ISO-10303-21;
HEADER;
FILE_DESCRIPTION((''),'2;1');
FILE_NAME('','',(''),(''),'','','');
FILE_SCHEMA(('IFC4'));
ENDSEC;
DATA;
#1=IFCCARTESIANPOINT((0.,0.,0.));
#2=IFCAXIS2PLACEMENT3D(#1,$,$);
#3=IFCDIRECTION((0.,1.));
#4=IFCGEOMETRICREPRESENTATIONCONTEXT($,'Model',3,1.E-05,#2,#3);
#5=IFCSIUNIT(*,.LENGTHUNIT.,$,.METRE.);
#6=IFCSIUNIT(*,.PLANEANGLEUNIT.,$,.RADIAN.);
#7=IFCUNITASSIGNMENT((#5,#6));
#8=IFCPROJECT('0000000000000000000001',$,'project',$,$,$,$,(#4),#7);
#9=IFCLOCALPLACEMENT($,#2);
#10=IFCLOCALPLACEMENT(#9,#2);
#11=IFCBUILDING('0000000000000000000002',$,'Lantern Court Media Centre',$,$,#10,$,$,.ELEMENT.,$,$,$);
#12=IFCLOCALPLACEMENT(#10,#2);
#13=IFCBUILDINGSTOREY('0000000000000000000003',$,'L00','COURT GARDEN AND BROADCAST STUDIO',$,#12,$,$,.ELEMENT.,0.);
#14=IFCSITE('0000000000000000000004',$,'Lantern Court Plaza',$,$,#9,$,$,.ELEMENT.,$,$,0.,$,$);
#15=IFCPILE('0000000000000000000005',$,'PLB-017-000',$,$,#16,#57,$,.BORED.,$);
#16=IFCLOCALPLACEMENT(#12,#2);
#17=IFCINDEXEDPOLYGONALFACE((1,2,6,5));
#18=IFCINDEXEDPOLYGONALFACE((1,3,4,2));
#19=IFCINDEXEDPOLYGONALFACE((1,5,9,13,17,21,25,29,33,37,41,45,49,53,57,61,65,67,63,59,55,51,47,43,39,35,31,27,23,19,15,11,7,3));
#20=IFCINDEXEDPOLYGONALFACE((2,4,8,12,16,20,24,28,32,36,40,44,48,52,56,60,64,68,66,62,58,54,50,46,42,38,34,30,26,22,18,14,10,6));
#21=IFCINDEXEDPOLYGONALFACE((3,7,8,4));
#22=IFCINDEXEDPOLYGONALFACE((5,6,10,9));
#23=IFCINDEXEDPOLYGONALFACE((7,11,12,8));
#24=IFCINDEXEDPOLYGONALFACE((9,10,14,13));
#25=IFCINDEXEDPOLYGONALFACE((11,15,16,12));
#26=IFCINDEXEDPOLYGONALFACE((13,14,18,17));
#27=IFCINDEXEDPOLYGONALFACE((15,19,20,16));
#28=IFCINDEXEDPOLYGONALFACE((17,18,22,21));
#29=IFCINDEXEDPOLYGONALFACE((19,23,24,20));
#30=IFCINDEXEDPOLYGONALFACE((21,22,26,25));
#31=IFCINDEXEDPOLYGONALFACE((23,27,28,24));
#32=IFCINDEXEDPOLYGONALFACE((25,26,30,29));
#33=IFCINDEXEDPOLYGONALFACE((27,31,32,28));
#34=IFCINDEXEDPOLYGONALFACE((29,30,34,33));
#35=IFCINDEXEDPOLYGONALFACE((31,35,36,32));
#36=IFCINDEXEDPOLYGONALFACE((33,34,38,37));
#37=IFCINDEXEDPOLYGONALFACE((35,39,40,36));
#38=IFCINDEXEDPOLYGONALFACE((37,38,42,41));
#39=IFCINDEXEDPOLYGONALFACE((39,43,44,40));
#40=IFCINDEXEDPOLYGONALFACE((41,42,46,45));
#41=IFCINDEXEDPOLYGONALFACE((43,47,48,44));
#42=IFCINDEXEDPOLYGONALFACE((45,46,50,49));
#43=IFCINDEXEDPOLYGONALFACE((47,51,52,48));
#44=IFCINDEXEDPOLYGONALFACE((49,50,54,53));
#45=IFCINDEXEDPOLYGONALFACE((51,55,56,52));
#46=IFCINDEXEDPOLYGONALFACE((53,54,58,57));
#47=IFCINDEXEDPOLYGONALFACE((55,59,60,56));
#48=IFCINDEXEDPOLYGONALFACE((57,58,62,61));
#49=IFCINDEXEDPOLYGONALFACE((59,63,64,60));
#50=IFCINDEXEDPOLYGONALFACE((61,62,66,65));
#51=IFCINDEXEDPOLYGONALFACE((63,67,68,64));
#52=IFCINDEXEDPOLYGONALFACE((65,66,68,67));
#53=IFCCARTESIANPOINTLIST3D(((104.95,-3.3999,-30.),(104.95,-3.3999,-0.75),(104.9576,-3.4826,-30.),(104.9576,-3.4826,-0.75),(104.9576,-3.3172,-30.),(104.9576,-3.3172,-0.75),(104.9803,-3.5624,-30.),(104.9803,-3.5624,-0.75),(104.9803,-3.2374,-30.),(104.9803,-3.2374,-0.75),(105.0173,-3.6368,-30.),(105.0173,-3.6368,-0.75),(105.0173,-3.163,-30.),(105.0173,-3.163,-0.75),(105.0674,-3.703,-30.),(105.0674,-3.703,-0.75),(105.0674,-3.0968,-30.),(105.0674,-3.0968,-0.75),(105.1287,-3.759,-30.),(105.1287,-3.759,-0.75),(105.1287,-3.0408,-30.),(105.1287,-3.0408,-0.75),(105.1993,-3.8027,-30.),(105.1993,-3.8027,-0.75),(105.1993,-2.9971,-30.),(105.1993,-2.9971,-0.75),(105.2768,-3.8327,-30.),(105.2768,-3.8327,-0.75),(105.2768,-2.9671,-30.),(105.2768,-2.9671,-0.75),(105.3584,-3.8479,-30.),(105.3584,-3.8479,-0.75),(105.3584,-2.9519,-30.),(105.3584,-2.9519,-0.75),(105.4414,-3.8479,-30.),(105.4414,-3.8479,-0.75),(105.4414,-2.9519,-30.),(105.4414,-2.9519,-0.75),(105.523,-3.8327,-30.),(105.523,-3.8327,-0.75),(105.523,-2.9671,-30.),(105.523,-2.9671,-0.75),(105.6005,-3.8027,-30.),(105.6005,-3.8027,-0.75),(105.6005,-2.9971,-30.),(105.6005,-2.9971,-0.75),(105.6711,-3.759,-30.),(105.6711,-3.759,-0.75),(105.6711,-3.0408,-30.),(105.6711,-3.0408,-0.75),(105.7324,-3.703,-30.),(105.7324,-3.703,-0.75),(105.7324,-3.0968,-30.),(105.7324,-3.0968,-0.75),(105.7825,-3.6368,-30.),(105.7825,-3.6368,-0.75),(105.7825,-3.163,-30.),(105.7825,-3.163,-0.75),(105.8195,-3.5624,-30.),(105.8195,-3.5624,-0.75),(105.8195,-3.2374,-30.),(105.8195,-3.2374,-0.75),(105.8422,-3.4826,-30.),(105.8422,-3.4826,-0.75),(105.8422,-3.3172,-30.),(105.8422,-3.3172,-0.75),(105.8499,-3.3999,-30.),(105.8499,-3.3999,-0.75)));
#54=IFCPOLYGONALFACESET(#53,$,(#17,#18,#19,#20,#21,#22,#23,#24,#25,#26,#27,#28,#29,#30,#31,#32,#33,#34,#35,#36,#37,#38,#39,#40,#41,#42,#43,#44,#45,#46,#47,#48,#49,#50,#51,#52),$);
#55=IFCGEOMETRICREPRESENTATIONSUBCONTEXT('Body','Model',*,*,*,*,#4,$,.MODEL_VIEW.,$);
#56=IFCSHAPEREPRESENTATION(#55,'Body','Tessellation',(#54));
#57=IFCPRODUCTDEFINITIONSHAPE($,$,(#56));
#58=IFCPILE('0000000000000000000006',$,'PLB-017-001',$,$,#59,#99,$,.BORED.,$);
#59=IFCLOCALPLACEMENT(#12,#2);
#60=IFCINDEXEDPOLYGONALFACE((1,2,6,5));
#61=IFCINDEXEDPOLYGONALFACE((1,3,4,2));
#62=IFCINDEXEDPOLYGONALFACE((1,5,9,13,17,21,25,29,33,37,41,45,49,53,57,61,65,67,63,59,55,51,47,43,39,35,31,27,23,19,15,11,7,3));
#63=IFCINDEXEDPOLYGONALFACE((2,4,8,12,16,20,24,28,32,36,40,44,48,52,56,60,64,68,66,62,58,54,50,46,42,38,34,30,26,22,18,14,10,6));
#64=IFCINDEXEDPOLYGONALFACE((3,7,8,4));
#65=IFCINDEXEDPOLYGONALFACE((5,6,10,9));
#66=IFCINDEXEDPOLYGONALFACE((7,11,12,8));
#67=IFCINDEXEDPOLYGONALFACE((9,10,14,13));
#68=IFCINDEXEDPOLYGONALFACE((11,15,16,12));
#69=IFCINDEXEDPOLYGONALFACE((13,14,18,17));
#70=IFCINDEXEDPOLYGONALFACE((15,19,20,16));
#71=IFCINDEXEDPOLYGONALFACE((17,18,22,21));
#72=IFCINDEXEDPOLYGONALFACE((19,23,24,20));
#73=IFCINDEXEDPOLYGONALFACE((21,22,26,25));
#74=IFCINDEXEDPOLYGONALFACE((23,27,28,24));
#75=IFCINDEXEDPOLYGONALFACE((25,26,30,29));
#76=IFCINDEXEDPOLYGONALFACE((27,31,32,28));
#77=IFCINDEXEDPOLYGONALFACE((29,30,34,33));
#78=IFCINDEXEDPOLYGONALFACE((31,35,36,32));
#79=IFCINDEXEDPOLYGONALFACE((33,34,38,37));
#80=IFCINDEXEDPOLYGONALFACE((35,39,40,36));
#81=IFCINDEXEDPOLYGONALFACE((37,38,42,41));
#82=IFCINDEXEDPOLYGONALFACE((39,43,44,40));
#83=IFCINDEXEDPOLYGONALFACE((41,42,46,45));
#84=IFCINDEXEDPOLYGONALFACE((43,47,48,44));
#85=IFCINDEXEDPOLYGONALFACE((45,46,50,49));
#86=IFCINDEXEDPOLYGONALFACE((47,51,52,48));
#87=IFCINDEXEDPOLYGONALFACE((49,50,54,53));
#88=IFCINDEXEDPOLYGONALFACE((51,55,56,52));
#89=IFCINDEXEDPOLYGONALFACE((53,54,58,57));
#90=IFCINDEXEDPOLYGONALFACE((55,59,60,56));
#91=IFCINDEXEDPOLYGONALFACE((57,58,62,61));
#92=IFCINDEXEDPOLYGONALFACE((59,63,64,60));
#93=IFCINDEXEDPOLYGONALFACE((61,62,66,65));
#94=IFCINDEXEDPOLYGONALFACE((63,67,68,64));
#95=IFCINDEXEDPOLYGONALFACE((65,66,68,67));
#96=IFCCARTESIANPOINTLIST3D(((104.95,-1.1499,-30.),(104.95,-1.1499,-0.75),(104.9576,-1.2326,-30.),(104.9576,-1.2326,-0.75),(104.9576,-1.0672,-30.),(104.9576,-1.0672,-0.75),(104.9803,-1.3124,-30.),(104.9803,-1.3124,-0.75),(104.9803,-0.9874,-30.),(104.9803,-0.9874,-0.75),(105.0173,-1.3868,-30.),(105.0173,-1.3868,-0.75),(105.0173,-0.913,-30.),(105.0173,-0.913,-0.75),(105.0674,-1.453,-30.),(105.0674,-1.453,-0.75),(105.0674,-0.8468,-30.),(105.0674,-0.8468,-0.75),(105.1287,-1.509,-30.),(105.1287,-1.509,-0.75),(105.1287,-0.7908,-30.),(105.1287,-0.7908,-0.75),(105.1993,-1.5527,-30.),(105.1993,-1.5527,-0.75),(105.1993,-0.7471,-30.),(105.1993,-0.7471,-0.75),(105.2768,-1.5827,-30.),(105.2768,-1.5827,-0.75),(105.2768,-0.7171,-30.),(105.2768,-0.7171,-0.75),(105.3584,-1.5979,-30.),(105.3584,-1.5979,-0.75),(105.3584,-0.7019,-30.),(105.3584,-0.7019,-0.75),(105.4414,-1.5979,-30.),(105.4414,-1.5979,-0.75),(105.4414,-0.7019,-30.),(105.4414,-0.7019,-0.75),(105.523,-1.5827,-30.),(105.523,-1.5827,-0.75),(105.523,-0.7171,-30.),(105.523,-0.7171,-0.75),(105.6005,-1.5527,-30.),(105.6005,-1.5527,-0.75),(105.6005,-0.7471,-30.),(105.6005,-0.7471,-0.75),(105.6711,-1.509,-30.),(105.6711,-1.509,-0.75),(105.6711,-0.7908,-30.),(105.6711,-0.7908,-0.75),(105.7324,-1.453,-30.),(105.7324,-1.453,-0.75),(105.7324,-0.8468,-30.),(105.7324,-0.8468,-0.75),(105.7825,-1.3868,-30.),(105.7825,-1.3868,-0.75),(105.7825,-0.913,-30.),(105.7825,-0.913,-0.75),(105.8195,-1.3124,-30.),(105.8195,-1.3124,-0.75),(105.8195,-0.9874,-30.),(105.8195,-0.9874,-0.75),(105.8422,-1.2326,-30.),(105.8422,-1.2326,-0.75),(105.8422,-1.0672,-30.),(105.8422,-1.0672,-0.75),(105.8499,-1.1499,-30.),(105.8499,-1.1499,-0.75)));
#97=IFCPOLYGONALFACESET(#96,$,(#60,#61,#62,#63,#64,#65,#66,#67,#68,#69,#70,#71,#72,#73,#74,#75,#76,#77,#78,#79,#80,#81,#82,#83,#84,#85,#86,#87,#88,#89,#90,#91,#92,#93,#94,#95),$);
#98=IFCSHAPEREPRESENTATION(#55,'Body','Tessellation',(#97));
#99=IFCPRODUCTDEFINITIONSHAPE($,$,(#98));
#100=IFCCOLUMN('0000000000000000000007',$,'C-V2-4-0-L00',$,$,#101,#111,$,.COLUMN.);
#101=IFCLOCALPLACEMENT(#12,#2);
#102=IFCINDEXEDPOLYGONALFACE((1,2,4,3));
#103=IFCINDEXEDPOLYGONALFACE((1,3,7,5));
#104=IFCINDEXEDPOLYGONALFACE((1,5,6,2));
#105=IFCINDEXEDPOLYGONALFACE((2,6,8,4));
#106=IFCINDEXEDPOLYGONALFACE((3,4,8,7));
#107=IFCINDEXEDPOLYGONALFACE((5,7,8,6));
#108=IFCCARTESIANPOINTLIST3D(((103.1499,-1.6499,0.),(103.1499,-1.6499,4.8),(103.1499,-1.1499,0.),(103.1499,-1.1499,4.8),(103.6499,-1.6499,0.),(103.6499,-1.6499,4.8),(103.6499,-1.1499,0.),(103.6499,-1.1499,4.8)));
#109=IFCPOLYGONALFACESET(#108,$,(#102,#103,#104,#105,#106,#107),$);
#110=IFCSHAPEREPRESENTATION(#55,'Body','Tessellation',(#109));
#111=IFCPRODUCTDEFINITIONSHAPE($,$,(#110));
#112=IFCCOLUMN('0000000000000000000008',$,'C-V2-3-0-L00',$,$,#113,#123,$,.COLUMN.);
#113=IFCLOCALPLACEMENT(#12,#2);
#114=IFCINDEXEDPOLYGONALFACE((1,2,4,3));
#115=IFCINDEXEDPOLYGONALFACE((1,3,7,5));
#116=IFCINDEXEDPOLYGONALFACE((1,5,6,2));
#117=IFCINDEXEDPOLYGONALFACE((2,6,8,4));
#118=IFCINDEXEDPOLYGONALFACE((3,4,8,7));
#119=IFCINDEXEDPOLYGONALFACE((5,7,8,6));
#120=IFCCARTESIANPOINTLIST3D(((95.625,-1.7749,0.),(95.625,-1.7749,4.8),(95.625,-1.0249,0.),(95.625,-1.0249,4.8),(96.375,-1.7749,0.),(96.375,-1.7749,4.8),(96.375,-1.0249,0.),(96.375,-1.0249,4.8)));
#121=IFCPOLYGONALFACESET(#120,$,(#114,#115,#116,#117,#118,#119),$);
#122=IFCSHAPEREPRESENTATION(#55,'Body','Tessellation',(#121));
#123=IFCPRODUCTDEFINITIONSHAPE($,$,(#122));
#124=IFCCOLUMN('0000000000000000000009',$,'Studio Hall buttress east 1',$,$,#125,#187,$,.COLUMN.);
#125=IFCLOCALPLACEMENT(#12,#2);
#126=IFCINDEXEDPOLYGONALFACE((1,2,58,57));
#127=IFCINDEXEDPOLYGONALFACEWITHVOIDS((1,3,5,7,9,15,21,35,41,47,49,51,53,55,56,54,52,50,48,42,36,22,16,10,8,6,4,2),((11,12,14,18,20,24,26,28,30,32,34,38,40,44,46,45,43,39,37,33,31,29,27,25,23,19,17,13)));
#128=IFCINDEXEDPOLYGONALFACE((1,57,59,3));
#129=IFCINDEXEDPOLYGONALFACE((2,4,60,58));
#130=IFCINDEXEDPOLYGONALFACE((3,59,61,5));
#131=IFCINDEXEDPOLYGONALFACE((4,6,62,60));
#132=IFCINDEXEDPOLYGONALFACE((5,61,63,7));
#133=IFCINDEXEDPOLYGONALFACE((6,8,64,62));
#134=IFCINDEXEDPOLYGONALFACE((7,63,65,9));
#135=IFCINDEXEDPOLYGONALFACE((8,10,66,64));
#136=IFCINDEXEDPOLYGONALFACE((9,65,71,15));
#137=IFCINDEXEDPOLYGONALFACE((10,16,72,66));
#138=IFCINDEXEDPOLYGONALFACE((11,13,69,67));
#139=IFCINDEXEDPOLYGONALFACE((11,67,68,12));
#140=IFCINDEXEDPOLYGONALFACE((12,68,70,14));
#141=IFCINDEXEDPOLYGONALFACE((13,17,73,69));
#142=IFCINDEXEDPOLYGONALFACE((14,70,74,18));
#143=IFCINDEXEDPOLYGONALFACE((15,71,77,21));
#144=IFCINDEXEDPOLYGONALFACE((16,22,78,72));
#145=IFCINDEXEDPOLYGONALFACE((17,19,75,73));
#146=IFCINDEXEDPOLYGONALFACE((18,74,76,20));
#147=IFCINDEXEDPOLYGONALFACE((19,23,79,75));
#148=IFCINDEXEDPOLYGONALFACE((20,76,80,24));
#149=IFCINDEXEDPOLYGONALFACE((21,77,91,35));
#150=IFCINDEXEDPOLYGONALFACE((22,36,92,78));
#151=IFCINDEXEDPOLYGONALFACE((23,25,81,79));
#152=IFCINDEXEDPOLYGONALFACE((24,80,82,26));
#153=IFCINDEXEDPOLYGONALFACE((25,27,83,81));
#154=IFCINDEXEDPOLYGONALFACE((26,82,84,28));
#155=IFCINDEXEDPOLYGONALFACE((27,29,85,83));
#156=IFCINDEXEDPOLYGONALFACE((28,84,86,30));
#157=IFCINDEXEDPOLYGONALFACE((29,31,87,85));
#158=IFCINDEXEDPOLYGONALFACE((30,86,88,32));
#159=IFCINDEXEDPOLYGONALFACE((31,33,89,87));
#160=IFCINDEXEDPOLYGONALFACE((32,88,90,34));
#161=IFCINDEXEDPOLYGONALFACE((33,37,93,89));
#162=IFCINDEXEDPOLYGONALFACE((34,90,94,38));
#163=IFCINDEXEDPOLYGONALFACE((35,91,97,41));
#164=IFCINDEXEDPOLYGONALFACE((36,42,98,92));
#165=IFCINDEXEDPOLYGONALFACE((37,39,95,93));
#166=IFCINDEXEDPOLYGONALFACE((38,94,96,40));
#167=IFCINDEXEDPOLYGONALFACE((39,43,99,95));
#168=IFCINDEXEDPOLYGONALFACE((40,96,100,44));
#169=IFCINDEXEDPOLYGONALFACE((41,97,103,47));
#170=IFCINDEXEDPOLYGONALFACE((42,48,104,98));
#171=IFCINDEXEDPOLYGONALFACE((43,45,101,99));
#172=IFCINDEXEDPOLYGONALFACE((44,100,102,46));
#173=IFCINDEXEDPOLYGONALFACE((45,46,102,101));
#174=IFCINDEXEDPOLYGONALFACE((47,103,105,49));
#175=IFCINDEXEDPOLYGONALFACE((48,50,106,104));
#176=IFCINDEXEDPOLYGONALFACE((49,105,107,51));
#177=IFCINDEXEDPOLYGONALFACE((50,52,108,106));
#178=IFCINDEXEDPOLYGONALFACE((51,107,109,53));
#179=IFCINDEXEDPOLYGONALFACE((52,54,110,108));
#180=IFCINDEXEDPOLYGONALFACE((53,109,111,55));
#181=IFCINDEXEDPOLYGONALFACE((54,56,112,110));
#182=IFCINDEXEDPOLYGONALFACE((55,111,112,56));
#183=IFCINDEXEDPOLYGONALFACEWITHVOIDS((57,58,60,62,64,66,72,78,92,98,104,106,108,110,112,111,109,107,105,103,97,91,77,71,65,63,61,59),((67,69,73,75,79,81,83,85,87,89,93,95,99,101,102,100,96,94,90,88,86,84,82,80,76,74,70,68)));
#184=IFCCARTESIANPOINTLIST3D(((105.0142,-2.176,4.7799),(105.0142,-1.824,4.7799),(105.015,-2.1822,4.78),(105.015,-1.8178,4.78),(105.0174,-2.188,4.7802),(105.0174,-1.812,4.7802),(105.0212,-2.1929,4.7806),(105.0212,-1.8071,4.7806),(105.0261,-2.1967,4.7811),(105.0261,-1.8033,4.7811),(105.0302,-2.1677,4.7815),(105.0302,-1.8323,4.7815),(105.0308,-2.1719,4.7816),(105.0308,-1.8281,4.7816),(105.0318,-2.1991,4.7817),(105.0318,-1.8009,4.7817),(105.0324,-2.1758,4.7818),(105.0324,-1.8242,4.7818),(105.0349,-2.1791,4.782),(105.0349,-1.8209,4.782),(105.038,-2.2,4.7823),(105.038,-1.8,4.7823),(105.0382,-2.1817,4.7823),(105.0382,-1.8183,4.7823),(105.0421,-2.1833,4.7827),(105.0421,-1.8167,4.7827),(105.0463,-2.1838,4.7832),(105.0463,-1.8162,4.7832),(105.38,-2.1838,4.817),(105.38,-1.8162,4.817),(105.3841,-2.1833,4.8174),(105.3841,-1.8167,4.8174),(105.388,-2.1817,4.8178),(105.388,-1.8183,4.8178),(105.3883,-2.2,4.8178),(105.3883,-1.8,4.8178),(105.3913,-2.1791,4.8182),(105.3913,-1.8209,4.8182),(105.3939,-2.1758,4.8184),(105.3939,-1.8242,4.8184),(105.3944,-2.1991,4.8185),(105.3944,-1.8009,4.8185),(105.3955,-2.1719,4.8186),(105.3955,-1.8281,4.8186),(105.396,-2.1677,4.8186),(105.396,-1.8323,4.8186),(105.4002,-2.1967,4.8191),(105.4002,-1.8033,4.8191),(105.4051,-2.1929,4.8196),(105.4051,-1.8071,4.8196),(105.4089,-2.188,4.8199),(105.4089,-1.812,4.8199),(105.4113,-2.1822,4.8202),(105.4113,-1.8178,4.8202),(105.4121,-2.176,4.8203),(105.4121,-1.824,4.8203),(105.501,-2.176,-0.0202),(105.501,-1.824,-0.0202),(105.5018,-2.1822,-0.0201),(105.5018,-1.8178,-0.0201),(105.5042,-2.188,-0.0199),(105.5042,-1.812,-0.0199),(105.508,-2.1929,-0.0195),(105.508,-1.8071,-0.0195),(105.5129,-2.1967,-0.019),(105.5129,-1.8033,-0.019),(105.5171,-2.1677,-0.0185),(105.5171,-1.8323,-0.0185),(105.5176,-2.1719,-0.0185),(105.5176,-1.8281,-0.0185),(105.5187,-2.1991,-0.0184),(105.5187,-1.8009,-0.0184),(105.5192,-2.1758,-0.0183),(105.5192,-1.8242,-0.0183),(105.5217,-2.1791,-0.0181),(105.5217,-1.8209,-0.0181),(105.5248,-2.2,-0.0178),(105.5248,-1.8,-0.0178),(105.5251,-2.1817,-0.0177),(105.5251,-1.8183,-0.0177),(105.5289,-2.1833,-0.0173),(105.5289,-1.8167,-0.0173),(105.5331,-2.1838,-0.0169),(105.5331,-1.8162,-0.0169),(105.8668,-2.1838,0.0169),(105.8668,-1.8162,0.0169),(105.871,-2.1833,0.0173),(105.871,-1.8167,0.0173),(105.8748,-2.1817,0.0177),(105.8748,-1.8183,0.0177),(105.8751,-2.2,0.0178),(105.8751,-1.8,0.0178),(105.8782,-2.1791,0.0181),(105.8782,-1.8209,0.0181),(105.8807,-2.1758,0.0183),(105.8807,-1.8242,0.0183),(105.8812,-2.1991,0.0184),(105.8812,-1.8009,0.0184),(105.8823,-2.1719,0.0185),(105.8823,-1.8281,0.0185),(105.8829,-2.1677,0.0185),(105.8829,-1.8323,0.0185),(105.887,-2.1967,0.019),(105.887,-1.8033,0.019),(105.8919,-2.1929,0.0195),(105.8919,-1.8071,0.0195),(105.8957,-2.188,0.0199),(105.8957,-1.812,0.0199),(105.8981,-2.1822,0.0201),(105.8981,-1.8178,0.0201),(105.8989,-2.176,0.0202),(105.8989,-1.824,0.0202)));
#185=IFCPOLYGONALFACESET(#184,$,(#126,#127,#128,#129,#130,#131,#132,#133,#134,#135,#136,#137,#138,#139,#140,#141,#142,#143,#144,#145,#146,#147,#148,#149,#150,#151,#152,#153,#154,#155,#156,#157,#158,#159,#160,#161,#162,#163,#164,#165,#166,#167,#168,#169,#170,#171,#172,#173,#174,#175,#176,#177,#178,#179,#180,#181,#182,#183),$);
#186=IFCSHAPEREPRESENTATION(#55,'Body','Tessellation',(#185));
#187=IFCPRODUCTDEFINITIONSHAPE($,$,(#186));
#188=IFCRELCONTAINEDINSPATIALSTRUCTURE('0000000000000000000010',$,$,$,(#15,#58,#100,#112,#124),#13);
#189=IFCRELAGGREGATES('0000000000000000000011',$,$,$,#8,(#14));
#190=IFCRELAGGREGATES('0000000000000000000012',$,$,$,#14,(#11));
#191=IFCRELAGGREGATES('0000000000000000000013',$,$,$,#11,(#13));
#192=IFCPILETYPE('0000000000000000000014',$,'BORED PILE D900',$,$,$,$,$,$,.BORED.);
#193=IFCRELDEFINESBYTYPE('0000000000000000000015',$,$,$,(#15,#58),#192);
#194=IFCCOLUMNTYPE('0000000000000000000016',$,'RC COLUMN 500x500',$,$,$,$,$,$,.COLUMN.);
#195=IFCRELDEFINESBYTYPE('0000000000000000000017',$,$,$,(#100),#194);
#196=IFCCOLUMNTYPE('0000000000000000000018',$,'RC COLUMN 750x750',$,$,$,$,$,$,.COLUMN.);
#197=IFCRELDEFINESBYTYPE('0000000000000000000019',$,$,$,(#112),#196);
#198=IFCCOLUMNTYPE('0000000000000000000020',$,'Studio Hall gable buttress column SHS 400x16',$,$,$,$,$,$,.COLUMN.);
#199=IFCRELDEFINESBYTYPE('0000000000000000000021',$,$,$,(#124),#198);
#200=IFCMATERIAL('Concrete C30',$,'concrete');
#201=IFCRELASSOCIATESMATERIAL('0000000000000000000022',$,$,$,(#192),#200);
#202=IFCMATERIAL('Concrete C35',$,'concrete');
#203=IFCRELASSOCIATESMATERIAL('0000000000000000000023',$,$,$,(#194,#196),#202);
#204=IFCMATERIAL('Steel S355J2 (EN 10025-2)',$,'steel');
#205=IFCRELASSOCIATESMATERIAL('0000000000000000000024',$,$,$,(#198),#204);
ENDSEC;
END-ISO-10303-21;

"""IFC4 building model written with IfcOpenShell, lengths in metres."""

from ifc_helpers import new_model, si_unit, direction, frame, origin, origin_2d, place, context, subcontext, project, spatial, rectangle, hollow_rectangle, circle, extrude, material, material_profile, profile_set, type_object, element, save


model = new_model("IFC4")

# Units and contexts
model_context = context("Model", 3, precision=1e-05, world=origin(), true_north=direction((0.0, 1.0)))
body_context = subcontext(model_context, "Body", "Model", "MODEL_VIEW")
ifc_project = project(units=[si_unit("LENGTHUNIT", "METRE"), si_unit("PLANEANGLEUNIT", "RADIAN")], contexts=[model_context])

# Site, building, storey
site_placement = place(None, origin())
site = spatial("IfcSite", under=ifc_project, at=site_placement, Name="Lantern Court Plaza", CompositionType="ELEMENT", RefElevation=0.0)
building_placement = place(site_placement, origin())
building = spatial("IfcBuilding", under=site, at=building_placement, Name="Lantern Court Media Centre", CompositionType="ELEMENT")
storey_placement = place(building_placement, origin())
storey = spatial("IfcBuildingStorey", under=building, at=storey_placement, Name="L00", Description="COURT GARDEN AND BROADCAST STUDIO", CompositionType="ELEMENT", Elevation=0.0)

# Piles
ifc_material_1 = material(Name="Concrete C30", Category="concrete")
ifc_material_profile_1 = material_profile(ifc_material_1, circle(Radius=0.45, at=origin_2d()), Name="D900")
ifc_profile_set_1 = profile_set([ifc_material_profile_1], Name="Concrete C30")
pile_type = type_object("IfcPileType", Name="BORED PILE D900", PredefinedType="BORED", material=ifc_profile_set_1)
for number, where, z_axis, x_axis, name in (
    (1, (105.3999, -3.3999, -0.75), (0.0, 0.0, -1.0), (1.0, 0.0, 0.0), "PLB-017-000"),
    (2, (105.3999, -1.1499, -0.75), (0.0, 0.0, -1.0), (1.0, 0.0, 0.0), "PLB-017-001"),
):
    element("IfcPile", number, at=place(storey_placement, frame(where, z_axis=z_axis, x_axis=x_axis)), inside=storey, type_object=pile_type, Name=name, PredefinedType="BORED", context=body_context, shape_type="SweptSolid", body=[
        extrude(circle(Radius=0.45, at=origin_2d()), origin(), (0.0, 0.0, 1.0), 29.25),
    ])

# Columns
ifc_material_2 = material(Name="Concrete C35", Category="concrete")
ifc_material_profile_2 = material_profile(ifc_material_2, rectangle(XDim=0.5, YDim=0.5, at=origin_2d()), Name="RC 500x500")
ifc_profile_set_2 = profile_set([ifc_material_profile_2], Name="Concrete C35")
column_type_1 = type_object("IfcColumnType", Name="RC COLUMN 500x500", PredefinedType="COLUMN", material=ifc_profile_set_2)
column_1_placement = place(storey_placement, frame((103.3999, -1.3999, 0.0), z_axis=(0.0, 0.0, 1.0), x_axis=(1.0, 0.0, 0.0)))
element("IfcColumn", 3, at=column_1_placement, inside=storey, type_object=column_type_1, Name="C-V2-4-0-L00", PredefinedType="COLUMN", context=body_context, shape_type="SweptSolid", body=[
    extrude(rectangle(XDim=0.5, YDim=0.5, at=origin_2d()), origin(), (0.0, 0.0, 1.0), 4.8),
])
ifc_material_profile_3 = material_profile(ifc_material_2, rectangle(XDim=0.75, YDim=0.75, at=origin_2d()), Name="RC 750x750")
ifc_profile_set_3 = profile_set([ifc_material_profile_3], Name="Concrete C35")
column_type_2 = type_object("IfcColumnType", Name="RC COLUMN 750x750", PredefinedType="COLUMN", material=ifc_profile_set_3)
column_2_placement = place(storey_placement, frame((96.0, -1.3999, 0.0), z_axis=(0.0, 0.0, 1.0), x_axis=(1.0, 0.0, 0.0)))
element("IfcColumn", 4, at=column_2_placement, inside=storey, type_object=column_type_2, Name="C-V2-3-0-L00", PredefinedType="COLUMN", context=body_context, shape_type="SweptSolid", body=[
    extrude(rectangle(XDim=0.75, YDim=0.75, at=origin_2d()), origin(), (0.0, 0.0, 1.0), 4.8),
])
ifc_material_3 = material(Name="Steel S355J2 (EN 10025-2)", Category="steel")
ifc_material_profile_4 = material_profile(ifc_material_3, hollow_rectangle(XDim=0.3999, YDim=0.3999, WallThickness=0.0161, InnerFilletRadius=0.0161, OuterFilletRadius=0.0239, at=origin_2d()), Name="Studio Hall gable buttress column SHS 400x16")
ifc_profile_set_4 = profile_set([ifc_material_profile_4], Name="Steel S355J2 (EN 10025-2)")
column_type_3 = type_object("IfcColumnType", Name="Studio Hall gable buttress column SHS 400x16", PredefinedType="COLUMN", material=ifc_profile_set_4)
column_3_placement = place(storey_placement, frame((105.7, -2.0, 0.0), z_axis=(-0.100901, 0.0, 0.994896), x_axis=(0.0, -1.0, 0.0)))
element("IfcColumn", 5, at=column_3_placement, inside=storey, type_object=column_type_3, Name="Studio Hall buttress east 1", PredefinedType="COLUMN", context=body_context, shape_type="SweptSolid", body=[
    extrude(hollow_rectangle(XDim=0.3999, YDim=0.3999, WallThickness=0.0161, InnerFilletRadius=0.0161, OuterFilletRadius=0.0239, at=origin_2d()), origin(), (0.0, 0.0, 1.0), 4.8247),
])

save(model, "model.ifc")
